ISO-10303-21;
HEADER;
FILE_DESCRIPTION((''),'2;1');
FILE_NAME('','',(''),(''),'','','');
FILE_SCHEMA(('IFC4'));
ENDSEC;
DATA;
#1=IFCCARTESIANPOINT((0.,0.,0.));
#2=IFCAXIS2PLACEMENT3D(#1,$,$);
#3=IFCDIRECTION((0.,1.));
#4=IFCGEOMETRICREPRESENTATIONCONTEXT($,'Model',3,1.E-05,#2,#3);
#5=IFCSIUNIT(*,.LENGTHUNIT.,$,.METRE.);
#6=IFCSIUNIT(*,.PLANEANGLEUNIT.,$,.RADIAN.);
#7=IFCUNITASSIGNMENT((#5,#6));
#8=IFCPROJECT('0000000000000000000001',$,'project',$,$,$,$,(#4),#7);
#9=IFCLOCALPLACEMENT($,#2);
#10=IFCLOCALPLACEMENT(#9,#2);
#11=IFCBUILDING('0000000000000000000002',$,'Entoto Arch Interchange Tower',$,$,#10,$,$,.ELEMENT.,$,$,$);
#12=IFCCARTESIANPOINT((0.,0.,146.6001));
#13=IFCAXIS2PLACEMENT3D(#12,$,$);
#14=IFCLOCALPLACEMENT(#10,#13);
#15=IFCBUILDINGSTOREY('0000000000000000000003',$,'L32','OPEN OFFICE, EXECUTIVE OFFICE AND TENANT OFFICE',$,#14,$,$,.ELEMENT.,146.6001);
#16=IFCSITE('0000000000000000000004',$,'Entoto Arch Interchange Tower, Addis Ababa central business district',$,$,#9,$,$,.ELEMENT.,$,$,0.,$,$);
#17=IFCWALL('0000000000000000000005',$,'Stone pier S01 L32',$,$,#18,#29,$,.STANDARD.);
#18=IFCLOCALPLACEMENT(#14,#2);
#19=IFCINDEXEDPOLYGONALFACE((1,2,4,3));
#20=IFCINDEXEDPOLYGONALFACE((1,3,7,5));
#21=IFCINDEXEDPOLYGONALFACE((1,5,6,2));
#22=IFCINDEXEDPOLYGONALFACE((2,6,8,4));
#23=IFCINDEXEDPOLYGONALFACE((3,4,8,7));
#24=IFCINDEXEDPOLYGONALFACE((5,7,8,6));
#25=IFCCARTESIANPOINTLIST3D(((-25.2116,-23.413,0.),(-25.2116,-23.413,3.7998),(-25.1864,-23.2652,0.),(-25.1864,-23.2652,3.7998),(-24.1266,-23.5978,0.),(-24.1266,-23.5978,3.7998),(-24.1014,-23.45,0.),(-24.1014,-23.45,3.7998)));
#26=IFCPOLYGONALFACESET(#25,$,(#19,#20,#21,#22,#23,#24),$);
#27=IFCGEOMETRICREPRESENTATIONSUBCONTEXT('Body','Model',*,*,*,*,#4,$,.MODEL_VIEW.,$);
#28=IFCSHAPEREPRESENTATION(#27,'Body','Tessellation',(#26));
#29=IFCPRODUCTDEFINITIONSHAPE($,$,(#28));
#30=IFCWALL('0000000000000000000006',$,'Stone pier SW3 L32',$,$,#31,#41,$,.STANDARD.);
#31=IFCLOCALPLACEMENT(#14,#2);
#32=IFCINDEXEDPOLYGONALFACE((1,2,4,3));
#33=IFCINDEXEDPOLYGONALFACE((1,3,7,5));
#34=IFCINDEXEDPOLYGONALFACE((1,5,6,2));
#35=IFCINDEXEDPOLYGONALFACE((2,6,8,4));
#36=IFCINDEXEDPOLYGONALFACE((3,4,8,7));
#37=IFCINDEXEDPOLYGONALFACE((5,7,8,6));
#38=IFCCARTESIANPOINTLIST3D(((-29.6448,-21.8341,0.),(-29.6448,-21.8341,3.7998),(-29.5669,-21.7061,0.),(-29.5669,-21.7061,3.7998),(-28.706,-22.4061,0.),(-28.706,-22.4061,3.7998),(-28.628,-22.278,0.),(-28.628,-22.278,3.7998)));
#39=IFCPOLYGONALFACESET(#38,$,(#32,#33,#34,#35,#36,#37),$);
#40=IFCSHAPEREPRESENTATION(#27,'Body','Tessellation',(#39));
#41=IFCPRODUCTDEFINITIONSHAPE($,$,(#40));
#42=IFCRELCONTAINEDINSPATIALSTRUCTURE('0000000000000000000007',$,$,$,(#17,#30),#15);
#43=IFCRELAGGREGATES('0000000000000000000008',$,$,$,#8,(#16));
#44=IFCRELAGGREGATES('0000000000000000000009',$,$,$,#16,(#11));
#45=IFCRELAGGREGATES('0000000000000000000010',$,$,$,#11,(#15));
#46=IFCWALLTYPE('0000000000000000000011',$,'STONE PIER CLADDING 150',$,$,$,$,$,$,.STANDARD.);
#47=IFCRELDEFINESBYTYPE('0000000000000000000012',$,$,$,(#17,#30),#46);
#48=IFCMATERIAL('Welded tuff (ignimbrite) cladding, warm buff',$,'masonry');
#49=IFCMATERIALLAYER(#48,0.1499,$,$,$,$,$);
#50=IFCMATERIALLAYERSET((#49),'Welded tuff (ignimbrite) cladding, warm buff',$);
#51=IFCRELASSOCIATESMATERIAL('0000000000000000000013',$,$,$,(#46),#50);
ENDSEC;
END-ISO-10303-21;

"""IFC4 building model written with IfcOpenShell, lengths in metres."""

from ifc_helpers import new_model, si_unit, direction, frame, frame_2d, origin, place, context, subcontext, project, spatial, rectangle, extrude, material, layer, layer_set, type_object, element, save


model = new_model("IFC4")

# Units and contexts
model_context = context("Model", 3, precision=1e-05, world=origin(), true_north=direction((0.0, 1.0)))
body_context = subcontext(model_context, "Body", "Model", "MODEL_VIEW")
ifc_project = project(units=[si_unit("LENGTHUNIT", "METRE"), si_unit("PLANEANGLEUNIT", "RADIAN")], contexts=[model_context])

# Site, building, storey
site_placement = place(None, origin())
site = spatial("IfcSite", under=ifc_project, at=site_placement, Name="Entoto Arch Interchange Tower, Addis Ababa central business district", CompositionType="ELEMENT", RefElevation=0.0)
building_placement = place(site_placement, origin())
building = spatial("IfcBuilding", under=site, at=building_placement, Name="Entoto Arch Interchange Tower", CompositionType="ELEMENT")
storey_placement = place(building_placement, frame((0.0, 0.0, 146.6001)))
storey = spatial("IfcBuildingStorey", under=building, at=storey_placement, Name="L32", Description="OPEN OFFICE, EXECUTIVE OFFICE AND TENANT OFFICE", CompositionType="ELEMENT", Elevation=146.6001)

# Shared definitions
ifc_material_1 = material(Name="Welded tuff (ignimbrite) cladding, warm buff", Category="masonry")

# Walls
ifc_layer_1 = layer(ifc_material_1, 0.1499)
ifc_layer_set_1 = layer_set([ifc_layer_1], Name="Welded tuff (ignimbrite) cladding, warm buff")
wall_type_1 = type_object("IfcWallType", Name="STONE PIER CLADDING 150", PredefinedType="STANDARD", material=ifc_layer_set_1)
wall_1_placement = place(storey_placement, frame((-25.199, -23.3391, 0.0), z_axis=(0.0, 0.0, 1.0), x_axis=(0.9858, -0.167923, 0.0)))
element("IfcWall", 1, at=wall_1_placement, inside=storey, type_object=wall_type_1, Name="Stone pier S01 L32", PredefinedType="STANDARD", context=body_context, shape_type="SweptSolid", body=[
    extrude(rectangle(XDim=1.1006, YDim=0.1499, at=frame_2d((0.5503, 0.0))), origin(), (0.0, 0.0, 1.0), 3.7998),
])
wall_2_placement = place(storey_placement, frame((-29.606, -21.77, 0.0), z_axis=(0.0, 0.0, 1.0), x_axis=(0.854006, -0.520264, 0.0)))
element("IfcWall", 2, at=wall_2_placement, inside=storey, type_object=wall_type_1, Name="Stone pier SW3 L32", PredefinedType="STANDARD", context=body_context, shape_type="SweptSolid", body=[
    extrude(rectangle(XDim=1.0994, YDim=0.1499, at=frame_2d((0.5498, 0.0))), origin(), (0.0, 0.0, 1.0), 3.7998),
])

save(model, "model.ifc")
